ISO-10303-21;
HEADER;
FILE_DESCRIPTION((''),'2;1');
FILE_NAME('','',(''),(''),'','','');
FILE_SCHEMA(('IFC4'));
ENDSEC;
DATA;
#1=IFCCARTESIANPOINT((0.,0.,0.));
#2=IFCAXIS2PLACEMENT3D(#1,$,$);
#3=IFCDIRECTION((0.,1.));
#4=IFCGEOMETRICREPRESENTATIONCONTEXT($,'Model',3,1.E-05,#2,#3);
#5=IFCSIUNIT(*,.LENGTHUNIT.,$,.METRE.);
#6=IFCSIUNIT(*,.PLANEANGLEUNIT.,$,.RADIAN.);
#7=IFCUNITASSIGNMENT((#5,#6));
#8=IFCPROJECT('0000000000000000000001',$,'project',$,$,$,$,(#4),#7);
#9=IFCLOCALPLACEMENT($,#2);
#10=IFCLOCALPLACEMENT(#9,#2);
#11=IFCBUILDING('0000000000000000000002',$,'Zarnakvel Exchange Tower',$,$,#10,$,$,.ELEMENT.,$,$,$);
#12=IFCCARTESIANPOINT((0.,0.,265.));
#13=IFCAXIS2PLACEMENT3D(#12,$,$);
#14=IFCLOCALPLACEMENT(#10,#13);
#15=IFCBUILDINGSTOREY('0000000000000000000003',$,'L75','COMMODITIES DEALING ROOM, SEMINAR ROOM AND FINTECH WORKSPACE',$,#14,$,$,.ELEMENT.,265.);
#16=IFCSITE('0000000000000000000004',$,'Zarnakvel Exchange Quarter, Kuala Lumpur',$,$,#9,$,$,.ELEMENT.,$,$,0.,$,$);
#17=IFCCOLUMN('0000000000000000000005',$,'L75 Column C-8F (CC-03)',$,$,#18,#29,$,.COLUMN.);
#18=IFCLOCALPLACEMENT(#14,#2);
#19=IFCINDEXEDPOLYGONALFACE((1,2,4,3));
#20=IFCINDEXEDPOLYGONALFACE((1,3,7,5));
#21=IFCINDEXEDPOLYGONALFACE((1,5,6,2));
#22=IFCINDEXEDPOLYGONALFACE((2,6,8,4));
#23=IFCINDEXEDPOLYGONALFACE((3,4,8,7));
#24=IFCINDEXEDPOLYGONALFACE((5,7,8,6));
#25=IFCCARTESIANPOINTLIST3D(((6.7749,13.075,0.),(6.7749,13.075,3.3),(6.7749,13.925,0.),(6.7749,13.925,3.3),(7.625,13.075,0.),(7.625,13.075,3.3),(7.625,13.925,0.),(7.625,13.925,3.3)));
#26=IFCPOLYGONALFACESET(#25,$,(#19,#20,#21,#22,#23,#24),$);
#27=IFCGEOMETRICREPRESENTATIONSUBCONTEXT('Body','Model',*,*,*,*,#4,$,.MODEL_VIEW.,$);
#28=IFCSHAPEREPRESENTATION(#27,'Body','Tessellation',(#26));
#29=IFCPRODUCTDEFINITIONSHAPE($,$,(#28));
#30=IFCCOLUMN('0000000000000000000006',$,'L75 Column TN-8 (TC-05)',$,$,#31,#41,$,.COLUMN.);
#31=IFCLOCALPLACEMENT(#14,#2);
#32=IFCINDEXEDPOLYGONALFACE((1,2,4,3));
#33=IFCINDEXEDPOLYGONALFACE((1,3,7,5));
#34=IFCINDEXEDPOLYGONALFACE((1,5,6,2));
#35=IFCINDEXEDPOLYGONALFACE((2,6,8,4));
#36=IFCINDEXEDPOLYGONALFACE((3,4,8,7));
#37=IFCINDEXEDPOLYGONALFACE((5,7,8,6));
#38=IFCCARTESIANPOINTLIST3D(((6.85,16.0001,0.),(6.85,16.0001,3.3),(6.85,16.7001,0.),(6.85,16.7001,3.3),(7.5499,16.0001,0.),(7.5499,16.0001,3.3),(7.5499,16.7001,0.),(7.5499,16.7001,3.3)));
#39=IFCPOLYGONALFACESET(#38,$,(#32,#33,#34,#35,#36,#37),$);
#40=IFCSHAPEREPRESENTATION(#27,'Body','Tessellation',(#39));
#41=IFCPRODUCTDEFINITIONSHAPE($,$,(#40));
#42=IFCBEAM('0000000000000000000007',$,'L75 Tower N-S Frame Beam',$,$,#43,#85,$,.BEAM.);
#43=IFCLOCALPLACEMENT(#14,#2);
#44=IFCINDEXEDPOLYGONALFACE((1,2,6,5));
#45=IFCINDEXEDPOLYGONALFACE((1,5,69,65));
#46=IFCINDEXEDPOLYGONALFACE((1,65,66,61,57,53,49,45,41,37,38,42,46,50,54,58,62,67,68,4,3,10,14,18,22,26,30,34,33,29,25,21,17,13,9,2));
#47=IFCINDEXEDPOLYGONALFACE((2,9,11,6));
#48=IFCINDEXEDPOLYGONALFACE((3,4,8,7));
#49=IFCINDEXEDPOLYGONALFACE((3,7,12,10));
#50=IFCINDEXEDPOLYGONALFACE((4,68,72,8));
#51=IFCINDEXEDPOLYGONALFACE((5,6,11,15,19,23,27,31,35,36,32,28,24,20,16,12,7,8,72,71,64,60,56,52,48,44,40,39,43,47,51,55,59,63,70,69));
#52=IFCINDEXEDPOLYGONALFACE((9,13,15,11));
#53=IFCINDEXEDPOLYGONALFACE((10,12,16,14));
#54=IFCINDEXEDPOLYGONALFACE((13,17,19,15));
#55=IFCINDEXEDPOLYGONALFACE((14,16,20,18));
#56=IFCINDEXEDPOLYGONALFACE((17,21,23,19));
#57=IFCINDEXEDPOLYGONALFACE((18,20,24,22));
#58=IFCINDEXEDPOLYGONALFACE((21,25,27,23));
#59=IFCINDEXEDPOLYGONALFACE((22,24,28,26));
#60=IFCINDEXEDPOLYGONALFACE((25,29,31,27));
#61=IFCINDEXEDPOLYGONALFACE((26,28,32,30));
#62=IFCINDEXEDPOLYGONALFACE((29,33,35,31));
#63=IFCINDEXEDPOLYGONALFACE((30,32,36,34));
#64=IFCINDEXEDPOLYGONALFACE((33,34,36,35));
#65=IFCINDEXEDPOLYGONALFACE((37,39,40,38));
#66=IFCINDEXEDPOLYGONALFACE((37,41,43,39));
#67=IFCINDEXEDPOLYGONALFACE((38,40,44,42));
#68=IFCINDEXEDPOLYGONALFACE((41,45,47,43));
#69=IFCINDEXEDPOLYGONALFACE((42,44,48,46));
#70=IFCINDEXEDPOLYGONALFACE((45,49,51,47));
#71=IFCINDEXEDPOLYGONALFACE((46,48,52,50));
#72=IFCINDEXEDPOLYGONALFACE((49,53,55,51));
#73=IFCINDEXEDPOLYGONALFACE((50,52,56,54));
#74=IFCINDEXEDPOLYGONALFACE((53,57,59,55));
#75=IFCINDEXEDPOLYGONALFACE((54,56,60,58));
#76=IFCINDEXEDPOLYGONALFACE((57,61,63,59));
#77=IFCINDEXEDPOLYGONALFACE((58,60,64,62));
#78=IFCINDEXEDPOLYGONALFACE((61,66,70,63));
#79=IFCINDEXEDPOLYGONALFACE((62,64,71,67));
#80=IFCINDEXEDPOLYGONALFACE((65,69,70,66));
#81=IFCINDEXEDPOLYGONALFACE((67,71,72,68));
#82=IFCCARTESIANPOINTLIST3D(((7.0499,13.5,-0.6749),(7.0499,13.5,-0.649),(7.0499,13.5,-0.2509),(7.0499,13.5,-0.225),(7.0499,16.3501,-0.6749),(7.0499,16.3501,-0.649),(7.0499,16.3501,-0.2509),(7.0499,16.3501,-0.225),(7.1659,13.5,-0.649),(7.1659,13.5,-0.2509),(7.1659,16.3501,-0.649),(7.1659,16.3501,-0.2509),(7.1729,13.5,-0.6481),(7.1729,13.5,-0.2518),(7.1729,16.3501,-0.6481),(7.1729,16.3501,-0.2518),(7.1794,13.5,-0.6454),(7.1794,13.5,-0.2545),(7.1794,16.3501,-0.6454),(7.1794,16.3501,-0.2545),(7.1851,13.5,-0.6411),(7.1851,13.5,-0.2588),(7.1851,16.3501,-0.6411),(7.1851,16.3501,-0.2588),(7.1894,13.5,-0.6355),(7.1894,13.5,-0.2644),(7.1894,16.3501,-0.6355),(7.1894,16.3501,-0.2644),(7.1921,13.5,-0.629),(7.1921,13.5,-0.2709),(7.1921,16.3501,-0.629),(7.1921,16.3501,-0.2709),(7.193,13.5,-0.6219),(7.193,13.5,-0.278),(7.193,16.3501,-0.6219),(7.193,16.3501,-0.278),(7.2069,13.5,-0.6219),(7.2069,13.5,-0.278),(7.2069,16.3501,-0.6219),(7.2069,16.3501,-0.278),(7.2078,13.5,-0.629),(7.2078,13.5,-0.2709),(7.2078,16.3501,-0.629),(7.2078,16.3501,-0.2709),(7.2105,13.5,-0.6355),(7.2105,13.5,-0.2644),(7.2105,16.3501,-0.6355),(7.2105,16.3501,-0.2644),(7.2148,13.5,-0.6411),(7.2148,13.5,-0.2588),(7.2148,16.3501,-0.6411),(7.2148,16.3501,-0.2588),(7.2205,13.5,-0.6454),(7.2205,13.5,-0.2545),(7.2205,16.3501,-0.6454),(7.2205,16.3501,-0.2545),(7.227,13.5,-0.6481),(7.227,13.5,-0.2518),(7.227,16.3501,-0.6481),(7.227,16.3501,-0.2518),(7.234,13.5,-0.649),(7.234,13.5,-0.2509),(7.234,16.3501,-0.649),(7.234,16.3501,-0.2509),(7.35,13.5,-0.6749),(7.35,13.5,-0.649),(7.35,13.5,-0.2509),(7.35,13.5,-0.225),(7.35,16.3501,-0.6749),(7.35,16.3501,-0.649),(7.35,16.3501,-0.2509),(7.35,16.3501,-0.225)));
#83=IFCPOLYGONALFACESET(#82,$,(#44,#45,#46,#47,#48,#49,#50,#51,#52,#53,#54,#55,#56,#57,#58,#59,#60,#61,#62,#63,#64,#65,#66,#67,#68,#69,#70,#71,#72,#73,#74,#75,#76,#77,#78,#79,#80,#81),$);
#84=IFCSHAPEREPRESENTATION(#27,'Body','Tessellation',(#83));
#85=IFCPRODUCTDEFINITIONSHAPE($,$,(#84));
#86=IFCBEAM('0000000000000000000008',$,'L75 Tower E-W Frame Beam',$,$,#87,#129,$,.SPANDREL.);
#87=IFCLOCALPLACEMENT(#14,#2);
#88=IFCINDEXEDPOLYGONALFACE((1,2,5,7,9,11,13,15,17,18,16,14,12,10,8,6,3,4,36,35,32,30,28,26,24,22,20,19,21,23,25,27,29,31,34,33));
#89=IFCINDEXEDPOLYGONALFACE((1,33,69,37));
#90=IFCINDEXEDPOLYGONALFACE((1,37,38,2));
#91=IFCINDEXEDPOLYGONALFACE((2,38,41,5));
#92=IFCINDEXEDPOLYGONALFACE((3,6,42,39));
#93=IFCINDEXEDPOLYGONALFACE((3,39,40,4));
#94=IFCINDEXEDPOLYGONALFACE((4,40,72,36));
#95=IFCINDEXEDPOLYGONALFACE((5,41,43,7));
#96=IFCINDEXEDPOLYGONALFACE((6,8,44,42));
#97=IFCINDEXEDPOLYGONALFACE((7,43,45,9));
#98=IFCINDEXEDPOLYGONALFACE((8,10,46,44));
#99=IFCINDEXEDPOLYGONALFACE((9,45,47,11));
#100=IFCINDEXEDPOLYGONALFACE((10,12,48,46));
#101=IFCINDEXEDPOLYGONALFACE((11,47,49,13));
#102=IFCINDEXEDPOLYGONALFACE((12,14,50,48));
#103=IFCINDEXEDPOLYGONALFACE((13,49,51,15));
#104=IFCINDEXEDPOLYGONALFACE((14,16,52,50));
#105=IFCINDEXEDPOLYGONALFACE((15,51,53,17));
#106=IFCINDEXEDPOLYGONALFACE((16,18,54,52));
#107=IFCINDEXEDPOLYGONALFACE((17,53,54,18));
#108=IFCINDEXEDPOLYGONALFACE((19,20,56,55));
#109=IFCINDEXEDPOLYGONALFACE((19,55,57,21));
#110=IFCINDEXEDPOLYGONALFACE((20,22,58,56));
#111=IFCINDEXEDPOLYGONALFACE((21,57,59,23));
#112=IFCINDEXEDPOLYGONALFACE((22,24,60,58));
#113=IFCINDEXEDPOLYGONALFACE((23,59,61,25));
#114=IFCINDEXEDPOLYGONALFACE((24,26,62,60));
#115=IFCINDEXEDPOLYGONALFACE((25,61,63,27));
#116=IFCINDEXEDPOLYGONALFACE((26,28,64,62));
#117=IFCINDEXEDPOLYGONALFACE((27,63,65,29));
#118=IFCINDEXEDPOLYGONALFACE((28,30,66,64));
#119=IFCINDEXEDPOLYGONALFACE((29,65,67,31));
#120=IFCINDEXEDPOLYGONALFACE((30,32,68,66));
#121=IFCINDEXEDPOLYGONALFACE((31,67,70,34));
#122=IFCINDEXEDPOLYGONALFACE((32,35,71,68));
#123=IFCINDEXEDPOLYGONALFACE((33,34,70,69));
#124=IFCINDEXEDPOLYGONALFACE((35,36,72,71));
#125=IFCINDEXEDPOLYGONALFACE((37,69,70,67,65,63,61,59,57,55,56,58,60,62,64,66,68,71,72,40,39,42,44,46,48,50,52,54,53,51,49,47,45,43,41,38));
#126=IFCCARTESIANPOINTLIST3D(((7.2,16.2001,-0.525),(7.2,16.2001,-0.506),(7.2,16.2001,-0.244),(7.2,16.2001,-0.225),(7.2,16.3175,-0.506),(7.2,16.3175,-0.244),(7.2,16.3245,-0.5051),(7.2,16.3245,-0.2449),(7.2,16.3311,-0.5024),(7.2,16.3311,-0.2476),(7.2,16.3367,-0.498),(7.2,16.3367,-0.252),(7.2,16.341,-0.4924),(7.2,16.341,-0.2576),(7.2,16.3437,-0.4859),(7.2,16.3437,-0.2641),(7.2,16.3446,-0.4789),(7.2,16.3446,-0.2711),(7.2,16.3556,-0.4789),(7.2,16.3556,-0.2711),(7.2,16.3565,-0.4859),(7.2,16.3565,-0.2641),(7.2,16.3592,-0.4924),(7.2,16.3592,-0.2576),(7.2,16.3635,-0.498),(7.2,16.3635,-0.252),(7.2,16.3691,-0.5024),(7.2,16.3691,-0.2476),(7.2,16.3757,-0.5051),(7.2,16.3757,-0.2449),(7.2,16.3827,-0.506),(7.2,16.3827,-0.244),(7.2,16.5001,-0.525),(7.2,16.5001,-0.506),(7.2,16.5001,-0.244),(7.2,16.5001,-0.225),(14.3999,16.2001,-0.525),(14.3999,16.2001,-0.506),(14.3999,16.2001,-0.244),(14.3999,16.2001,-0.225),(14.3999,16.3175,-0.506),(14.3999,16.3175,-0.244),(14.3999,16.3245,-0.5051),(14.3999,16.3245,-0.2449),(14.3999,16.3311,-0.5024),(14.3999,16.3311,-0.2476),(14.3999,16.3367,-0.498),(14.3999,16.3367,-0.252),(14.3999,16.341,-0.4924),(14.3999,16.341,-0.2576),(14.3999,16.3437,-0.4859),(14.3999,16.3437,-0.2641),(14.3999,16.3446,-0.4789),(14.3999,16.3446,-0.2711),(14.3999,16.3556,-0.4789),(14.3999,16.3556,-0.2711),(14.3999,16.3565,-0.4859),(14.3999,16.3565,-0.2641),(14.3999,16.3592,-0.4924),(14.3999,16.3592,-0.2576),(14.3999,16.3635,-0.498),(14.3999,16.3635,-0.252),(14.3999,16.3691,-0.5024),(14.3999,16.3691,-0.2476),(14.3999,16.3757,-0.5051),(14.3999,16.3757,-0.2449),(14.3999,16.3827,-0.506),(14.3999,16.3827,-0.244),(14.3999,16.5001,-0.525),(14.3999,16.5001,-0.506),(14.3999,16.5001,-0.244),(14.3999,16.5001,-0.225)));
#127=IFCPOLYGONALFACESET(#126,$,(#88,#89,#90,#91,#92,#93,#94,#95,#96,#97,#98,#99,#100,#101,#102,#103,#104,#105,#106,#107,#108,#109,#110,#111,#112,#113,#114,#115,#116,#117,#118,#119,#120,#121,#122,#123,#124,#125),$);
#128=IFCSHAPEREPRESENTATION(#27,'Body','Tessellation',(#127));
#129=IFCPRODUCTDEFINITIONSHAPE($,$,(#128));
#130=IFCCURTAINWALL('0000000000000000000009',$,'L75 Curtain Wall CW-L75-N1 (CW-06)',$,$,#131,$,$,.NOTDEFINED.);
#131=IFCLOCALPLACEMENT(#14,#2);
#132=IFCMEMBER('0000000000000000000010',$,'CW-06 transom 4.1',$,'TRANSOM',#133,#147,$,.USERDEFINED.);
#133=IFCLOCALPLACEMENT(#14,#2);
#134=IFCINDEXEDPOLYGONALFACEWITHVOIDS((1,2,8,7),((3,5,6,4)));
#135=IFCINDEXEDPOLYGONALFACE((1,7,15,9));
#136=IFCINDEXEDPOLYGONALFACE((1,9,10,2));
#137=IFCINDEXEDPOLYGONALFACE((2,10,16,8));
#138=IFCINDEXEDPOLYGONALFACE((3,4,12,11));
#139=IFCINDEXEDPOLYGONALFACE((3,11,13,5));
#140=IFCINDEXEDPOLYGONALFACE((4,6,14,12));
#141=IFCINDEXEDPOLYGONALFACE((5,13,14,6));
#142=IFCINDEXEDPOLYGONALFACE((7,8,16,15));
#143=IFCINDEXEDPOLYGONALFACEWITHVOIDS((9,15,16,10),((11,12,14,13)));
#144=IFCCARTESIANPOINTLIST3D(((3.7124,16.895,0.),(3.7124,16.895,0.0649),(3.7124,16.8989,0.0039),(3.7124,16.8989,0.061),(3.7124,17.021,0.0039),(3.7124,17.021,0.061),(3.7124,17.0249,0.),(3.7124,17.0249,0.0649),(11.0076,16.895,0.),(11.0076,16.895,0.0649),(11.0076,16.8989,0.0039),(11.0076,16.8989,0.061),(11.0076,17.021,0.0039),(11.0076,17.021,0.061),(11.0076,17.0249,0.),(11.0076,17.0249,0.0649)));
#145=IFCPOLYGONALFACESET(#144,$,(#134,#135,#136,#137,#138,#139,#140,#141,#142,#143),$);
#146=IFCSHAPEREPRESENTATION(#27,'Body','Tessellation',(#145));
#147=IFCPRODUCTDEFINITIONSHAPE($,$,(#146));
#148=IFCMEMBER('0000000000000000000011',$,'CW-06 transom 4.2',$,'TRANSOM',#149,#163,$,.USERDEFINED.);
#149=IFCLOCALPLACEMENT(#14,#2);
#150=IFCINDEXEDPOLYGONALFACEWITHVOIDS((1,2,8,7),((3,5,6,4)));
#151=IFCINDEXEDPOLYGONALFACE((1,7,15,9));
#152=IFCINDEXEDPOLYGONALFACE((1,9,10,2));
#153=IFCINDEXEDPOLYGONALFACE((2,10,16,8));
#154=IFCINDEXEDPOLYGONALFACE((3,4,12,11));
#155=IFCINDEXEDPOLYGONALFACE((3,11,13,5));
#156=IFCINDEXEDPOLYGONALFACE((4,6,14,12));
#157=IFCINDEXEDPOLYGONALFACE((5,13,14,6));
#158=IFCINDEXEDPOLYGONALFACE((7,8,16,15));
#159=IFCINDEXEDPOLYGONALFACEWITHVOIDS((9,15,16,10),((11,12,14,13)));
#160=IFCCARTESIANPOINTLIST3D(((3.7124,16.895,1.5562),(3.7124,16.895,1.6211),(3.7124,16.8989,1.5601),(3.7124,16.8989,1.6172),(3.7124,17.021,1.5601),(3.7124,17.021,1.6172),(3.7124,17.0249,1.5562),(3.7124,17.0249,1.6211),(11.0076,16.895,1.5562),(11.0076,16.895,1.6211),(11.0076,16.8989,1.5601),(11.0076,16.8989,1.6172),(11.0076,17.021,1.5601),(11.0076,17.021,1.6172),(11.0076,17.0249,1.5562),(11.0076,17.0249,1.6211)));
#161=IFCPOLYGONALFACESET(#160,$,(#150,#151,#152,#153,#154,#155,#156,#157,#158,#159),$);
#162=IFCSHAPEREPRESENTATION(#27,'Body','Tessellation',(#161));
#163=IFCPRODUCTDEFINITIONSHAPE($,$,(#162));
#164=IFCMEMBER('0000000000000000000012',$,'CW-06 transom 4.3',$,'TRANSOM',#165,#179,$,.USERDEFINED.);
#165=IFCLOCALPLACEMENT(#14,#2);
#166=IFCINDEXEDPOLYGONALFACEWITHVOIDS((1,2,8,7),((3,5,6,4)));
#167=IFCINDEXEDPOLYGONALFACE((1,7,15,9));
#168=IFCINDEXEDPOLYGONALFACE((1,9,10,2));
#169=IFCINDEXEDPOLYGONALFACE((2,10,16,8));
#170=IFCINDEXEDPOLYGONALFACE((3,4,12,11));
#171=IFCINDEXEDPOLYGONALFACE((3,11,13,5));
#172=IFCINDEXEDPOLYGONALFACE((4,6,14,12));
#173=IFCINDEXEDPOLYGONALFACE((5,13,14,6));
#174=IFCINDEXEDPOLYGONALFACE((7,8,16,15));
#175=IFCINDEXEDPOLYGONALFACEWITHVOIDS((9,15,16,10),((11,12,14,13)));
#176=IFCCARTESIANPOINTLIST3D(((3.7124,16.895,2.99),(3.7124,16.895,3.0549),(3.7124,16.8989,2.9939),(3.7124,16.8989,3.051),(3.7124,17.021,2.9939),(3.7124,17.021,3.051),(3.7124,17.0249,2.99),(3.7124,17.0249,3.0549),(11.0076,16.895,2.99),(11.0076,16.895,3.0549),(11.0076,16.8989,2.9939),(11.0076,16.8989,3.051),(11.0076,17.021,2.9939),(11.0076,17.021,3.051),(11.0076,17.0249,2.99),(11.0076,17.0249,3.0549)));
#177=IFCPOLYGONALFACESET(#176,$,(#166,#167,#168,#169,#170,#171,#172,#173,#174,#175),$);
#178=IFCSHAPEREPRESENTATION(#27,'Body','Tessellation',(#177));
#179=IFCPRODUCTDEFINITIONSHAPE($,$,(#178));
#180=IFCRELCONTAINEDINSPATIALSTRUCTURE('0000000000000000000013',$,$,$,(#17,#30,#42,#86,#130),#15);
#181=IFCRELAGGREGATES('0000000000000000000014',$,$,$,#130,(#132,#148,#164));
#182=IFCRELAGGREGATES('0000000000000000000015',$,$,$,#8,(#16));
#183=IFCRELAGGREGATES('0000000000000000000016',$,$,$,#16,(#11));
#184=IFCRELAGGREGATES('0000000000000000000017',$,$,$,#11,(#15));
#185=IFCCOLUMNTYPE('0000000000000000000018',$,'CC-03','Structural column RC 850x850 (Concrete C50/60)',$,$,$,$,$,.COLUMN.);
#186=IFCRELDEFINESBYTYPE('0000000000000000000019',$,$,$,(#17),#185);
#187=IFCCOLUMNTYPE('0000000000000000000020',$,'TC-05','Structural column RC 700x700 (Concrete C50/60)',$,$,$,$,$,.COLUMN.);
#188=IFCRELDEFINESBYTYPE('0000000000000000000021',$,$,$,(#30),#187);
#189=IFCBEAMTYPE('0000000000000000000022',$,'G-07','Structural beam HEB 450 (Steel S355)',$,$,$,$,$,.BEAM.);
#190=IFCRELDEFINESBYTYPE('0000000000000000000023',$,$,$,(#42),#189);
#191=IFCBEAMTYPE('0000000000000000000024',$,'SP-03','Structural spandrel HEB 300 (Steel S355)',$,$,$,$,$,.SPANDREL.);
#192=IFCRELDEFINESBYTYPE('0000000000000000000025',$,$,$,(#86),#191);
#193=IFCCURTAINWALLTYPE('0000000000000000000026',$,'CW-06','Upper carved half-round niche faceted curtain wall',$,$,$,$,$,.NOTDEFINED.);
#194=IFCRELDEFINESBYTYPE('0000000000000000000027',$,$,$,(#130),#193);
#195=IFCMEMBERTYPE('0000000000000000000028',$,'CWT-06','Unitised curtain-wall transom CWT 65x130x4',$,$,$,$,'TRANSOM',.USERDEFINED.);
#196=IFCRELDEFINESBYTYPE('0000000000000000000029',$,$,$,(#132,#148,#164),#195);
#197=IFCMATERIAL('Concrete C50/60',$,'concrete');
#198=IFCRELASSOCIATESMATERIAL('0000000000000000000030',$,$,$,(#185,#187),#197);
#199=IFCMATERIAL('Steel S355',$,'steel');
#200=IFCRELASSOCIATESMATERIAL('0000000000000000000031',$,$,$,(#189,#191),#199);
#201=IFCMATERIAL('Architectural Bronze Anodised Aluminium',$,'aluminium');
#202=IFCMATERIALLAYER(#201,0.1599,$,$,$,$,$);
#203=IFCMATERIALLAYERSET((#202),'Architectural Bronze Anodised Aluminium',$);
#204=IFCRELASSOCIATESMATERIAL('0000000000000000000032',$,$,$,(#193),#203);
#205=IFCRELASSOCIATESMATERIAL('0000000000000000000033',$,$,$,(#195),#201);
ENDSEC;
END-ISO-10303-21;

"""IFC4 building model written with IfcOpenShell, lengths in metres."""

from ifc_helpers import new_model, si_unit, direction, frame, origin, origin_2d, place, context, subcontext, project, spatial, rectangle, hollow_rectangle, i_section, extrude, source, transform, mapped, material, layer, layer_set, material_profile, profile_set, type_object, element, aggregate, save


model = new_model("IFC4")

# Units and contexts
model_context = context("Model", 3, precision=1e-05, world=origin(), true_north=direction((0.0, 1.0)))
body_context = subcontext(model_context, "Body", "Model", "MODEL_VIEW")
ifc_project = project(units=[si_unit("LENGTHUNIT", "METRE"), si_unit("PLANEANGLEUNIT", "RADIAN")], contexts=[model_context])

# Site, building, storey
site_placement = place(None, origin())
site = spatial("IfcSite", under=ifc_project, at=site_placement, Name="Zarnakvel Exchange Quarter, Kuala Lumpur", CompositionType="ELEMENT", RefElevation=0.0)
building_placement = place(site_placement, origin())
building = spatial("IfcBuilding", under=site, at=building_placement, Name="Zarnakvel Exchange Tower", CompositionType="ELEMENT")
storey_placement = place(building_placement, frame((0.0, 0.0, 265.0)))
storey = spatial("IfcBuildingStorey", under=building, at=storey_placement, Name="L75", Description="COMMODITIES DEALING ROOM, SEMINAR ROOM AND FINTECH WORKSPACE", CompositionType="ELEMENT", Elevation=265.0)

# Columns
ifc_material_1 = material(Name="Concrete C50/60", Category="concrete")
ifc_material_profile_1 = material_profile(ifc_material_1, rectangle(XDim=0.8501, YDim=0.8501, at=origin_2d()))
ifc_profile_set_1 = profile_set([ifc_material_profile_1], Name="Concrete C50/60")
column_type_1 = type_object("IfcColumnType", Name="CC-03", Description="Structural column RC 850x850 (Concrete C50/60)", PredefinedType="COLUMN", material=ifc_profile_set_1)
column_1_placement = place(storey_placement, frame((7.2, 13.5, 0.0), z_axis=(0.0, 0.0, 1.0), x_axis=(1.0, 0.0, 0.0)))
element("IfcColumn", 1, at=column_1_placement, inside=storey, type_object=column_type_1, Name="L75 Column C-8F (CC-03)", PredefinedType="COLUMN", context=body_context, shape_type="SweptSolid", body=[
    extrude(rectangle(XDim=0.8501, YDim=0.8501, at=origin_2d()), origin(), (0.0, 0.0, 1.0), 3.3),
])
ifc_material_profile_2 = material_profile(ifc_material_1, rectangle(XDim=0.7, YDim=0.7, at=origin_2d()))
ifc_profile_set_2 = profile_set([ifc_material_profile_2], Name="Concrete C50/60")
column_type_2 = type_object("IfcColumnType", Name="TC-05", Description="Structural column RC 700x700 (Concrete C50/60)", PredefinedType="COLUMN", material=ifc_profile_set_2)
column_2_placement = place(storey_placement, frame((7.2, 16.3501, 0.0), z_axis=(0.0, 0.0, 1.0), x_axis=(1.0, 0.0, 0.0)))
element("IfcColumn", 2, at=column_2_placement, inside=storey, type_object=column_type_2, Name="L75 Column TN-8 (TC-05)", PredefinedType="COLUMN", context=body_context, shape_type="SweptSolid", body=[
    extrude(rectangle(XDim=0.7, YDim=0.7, at=origin_2d()), origin(), (0.0, 0.0, 1.0), 3.3),
])

# Beams
ifc_material_2 = material(Name="Steel S355", Category="steel")
ifc_material_profile_3 = material_profile(ifc_material_2, i_section(OverallWidth=0.3, OverallDepth=0.45, WebThickness=0.0139, FlangeThickness=0.0259, FilletRadius=0.0271, at=origin_2d()))
ifc_profile_set_3 = profile_set([ifc_material_profile_3], Name="Steel S355")
beam_type_1 = type_object("IfcBeamType", Name="G-07", Description="Structural beam HEB 450 (Steel S355)", PredefinedType="BEAM", material=ifc_profile_set_3)
beam_1_placement = place(storey_placement, frame((7.2, 13.5, -0.45), z_axis=(0.0, 1.0, 0.0), x_axis=(-1.0, 0.0, 0.0)))
element("IfcBeam", 3, at=beam_1_placement, inside=storey, type_object=beam_type_1, Name="L75 Tower N-S Frame Beam", PredefinedType="BEAM", context=body_context, shape_type="SweptSolid", body=[
    extrude(i_section(OverallWidth=0.3, OverallDepth=0.45, WebThickness=0.0139, FlangeThickness=0.0259, FilletRadius=0.0271, at=origin_2d()), origin(), (0.0, 0.0, 1.0), 2.8501),
])
ifc_material_profile_4 = material_profile(ifc_material_2, i_section(OverallWidth=0.3, OverallDepth=0.3, WebThickness=0.011, FlangeThickness=0.019, FilletRadius=0.0271, at=origin_2d()))
ifc_profile_set_4 = profile_set([ifc_material_profile_4], Name="Steel S355")
beam_type_2 = type_object("IfcBeamType", Name="SP-03", Description="Structural spandrel HEB 300 (Steel S355)", PredefinedType="SPANDREL", material=ifc_profile_set_4)
beam_2_placement = place(storey_placement, frame((7.2, 16.3501, -0.375), z_axis=(1.0, 0.0, 0.0), x_axis=(0.0, 1.0, 0.0)))
element("IfcBeam", 4, at=beam_2_placement, inside=storey, type_object=beam_type_2, Name="L75 Tower E-W Frame Beam", PredefinedType="SPANDREL", context=body_context, shape_type="SweptSolid", body=[
    extrude(i_section(OverallWidth=0.3, OverallDepth=0.3, WebThickness=0.011, FlangeThickness=0.019, FilletRadius=0.0271, at=origin_2d()), origin(), (0.0, 0.0, 1.0), 7.2),
])

# Curtain wall, members
ifc_material_3 = material(Name="Architectural Bronze Anodised Aluminium", Category="aluminium")
ifc_layer_1 = layer(ifc_material_3, 0.1599)
ifc_layer_set_1 = layer_set([ifc_layer_1], Name="Architectural Bronze Anodised Aluminium")
curtain_wall_type = type_object("IfcCurtainWallType", Name="CW-06", Description="Upper carved half-round niche faceted curtain wall", PredefinedType="NOTDEFINED", material=ifc_layer_set_1)
curtain_wall_placement = place(storey_placement, origin())
curtain_wall = element("IfcCurtainWall", 5, at=curtain_wall_placement, inside=storey, type_object=curtain_wall_type, Name="L75 Curtain Wall CW-L75-N1 (CW-06)", PredefinedType="NOTDEFINED")
ifc_material_profile_5 = material_profile(ifc_material_3, hollow_rectangle(XDim=0.1299, YDim=0.0649, WallThickness=0.0039, at=origin_2d()))
ifc_profile_set_5 = profile_set([ifc_material_profile_5], Name="Architectural Bronze Anodised Aluminium")
member_type_1 = type_object("IfcMemberType", Name="CWT-06", Description="Unitised curtain-wall transom CWT 65x130x4", ElementType="TRANSOM", PredefinedType="USERDEFINED", material=ifc_profile_set_5)
shared_shape_1 = source(origin(), body_context, "Body", "SweptSolid", [
    extrude(hollow_rectangle(XDim=0.1299, YDim=0.0649, WallThickness=0.0039, at=origin_2d()), origin(), (0.0, 0.0, 1.0), 7.2952),
])
member_1_placement = place(storey_placement, frame((3.7124, 16.96, 0.0325), z_axis=(1.0, 0.0, 0.0), x_axis=(0.0, 1.0, 0.0)))
member_1 = element("IfcMember", 6, at=member_1_placement, type_object=member_type_1, Name="CW-06 transom 4.1", ObjectType="TRANSOM", PredefinedType="USERDEFINED", context=body_context, shape_type="MappedRepresentation", body=[
    mapped(shared_shape_1, transform((0.0, 0.0, 0.0), x_axis=(1.0, 0.0, 0.0), y_axis=(0.0, 1.0, 0.0), z_axis=(0.0, 0.0, 1.0), scale=1.0)),
])
member_2_placement = place(storey_placement, frame((3.7124, 16.96, 1.5886), z_axis=(1.0, 0.0, 0.0), x_axis=(0.0, 1.0, 0.0)))
member_2 = element("IfcMember", 7, at=member_2_placement, type_object=member_type_1, Name="CW-06 transom 4.2", ObjectType="TRANSOM", PredefinedType="USERDEFINED", context=body_context, shape_type="MappedRepresentation", body=[
    mapped(shared_shape_1, transform((0.0, 0.0, 0.0), x_axis=(1.0, 0.0, 0.0), y_axis=(0.0, 1.0, 0.0), z_axis=(0.0, 0.0, 1.0), scale=1.0)),
])
member_3_placement = place(storey_placement, frame((3.7124, 16.96, 3.0225), z_axis=(1.0, 0.0, 0.0), x_axis=(0.0, 1.0, 0.0)))
member_3 = element("IfcMember", 8, at=member_3_placement, type_object=member_type_1, Name="CW-06 transom 4.3", ObjectType="TRANSOM", PredefinedType="USERDEFINED", context=body_context, shape_type="MappedRepresentation", body=[
    mapped(shared_shape_1, transform((0.0, 0.0, 0.0), x_axis=(1.0, 0.0, 0.0), y_axis=(0.0, 1.0, 0.0), z_axis=(0.0, 0.0, 1.0), scale=1.0)),
])
aggregate(curtain_wall, [member_1, member_2, member_3])

save(model, "model.ifc")
